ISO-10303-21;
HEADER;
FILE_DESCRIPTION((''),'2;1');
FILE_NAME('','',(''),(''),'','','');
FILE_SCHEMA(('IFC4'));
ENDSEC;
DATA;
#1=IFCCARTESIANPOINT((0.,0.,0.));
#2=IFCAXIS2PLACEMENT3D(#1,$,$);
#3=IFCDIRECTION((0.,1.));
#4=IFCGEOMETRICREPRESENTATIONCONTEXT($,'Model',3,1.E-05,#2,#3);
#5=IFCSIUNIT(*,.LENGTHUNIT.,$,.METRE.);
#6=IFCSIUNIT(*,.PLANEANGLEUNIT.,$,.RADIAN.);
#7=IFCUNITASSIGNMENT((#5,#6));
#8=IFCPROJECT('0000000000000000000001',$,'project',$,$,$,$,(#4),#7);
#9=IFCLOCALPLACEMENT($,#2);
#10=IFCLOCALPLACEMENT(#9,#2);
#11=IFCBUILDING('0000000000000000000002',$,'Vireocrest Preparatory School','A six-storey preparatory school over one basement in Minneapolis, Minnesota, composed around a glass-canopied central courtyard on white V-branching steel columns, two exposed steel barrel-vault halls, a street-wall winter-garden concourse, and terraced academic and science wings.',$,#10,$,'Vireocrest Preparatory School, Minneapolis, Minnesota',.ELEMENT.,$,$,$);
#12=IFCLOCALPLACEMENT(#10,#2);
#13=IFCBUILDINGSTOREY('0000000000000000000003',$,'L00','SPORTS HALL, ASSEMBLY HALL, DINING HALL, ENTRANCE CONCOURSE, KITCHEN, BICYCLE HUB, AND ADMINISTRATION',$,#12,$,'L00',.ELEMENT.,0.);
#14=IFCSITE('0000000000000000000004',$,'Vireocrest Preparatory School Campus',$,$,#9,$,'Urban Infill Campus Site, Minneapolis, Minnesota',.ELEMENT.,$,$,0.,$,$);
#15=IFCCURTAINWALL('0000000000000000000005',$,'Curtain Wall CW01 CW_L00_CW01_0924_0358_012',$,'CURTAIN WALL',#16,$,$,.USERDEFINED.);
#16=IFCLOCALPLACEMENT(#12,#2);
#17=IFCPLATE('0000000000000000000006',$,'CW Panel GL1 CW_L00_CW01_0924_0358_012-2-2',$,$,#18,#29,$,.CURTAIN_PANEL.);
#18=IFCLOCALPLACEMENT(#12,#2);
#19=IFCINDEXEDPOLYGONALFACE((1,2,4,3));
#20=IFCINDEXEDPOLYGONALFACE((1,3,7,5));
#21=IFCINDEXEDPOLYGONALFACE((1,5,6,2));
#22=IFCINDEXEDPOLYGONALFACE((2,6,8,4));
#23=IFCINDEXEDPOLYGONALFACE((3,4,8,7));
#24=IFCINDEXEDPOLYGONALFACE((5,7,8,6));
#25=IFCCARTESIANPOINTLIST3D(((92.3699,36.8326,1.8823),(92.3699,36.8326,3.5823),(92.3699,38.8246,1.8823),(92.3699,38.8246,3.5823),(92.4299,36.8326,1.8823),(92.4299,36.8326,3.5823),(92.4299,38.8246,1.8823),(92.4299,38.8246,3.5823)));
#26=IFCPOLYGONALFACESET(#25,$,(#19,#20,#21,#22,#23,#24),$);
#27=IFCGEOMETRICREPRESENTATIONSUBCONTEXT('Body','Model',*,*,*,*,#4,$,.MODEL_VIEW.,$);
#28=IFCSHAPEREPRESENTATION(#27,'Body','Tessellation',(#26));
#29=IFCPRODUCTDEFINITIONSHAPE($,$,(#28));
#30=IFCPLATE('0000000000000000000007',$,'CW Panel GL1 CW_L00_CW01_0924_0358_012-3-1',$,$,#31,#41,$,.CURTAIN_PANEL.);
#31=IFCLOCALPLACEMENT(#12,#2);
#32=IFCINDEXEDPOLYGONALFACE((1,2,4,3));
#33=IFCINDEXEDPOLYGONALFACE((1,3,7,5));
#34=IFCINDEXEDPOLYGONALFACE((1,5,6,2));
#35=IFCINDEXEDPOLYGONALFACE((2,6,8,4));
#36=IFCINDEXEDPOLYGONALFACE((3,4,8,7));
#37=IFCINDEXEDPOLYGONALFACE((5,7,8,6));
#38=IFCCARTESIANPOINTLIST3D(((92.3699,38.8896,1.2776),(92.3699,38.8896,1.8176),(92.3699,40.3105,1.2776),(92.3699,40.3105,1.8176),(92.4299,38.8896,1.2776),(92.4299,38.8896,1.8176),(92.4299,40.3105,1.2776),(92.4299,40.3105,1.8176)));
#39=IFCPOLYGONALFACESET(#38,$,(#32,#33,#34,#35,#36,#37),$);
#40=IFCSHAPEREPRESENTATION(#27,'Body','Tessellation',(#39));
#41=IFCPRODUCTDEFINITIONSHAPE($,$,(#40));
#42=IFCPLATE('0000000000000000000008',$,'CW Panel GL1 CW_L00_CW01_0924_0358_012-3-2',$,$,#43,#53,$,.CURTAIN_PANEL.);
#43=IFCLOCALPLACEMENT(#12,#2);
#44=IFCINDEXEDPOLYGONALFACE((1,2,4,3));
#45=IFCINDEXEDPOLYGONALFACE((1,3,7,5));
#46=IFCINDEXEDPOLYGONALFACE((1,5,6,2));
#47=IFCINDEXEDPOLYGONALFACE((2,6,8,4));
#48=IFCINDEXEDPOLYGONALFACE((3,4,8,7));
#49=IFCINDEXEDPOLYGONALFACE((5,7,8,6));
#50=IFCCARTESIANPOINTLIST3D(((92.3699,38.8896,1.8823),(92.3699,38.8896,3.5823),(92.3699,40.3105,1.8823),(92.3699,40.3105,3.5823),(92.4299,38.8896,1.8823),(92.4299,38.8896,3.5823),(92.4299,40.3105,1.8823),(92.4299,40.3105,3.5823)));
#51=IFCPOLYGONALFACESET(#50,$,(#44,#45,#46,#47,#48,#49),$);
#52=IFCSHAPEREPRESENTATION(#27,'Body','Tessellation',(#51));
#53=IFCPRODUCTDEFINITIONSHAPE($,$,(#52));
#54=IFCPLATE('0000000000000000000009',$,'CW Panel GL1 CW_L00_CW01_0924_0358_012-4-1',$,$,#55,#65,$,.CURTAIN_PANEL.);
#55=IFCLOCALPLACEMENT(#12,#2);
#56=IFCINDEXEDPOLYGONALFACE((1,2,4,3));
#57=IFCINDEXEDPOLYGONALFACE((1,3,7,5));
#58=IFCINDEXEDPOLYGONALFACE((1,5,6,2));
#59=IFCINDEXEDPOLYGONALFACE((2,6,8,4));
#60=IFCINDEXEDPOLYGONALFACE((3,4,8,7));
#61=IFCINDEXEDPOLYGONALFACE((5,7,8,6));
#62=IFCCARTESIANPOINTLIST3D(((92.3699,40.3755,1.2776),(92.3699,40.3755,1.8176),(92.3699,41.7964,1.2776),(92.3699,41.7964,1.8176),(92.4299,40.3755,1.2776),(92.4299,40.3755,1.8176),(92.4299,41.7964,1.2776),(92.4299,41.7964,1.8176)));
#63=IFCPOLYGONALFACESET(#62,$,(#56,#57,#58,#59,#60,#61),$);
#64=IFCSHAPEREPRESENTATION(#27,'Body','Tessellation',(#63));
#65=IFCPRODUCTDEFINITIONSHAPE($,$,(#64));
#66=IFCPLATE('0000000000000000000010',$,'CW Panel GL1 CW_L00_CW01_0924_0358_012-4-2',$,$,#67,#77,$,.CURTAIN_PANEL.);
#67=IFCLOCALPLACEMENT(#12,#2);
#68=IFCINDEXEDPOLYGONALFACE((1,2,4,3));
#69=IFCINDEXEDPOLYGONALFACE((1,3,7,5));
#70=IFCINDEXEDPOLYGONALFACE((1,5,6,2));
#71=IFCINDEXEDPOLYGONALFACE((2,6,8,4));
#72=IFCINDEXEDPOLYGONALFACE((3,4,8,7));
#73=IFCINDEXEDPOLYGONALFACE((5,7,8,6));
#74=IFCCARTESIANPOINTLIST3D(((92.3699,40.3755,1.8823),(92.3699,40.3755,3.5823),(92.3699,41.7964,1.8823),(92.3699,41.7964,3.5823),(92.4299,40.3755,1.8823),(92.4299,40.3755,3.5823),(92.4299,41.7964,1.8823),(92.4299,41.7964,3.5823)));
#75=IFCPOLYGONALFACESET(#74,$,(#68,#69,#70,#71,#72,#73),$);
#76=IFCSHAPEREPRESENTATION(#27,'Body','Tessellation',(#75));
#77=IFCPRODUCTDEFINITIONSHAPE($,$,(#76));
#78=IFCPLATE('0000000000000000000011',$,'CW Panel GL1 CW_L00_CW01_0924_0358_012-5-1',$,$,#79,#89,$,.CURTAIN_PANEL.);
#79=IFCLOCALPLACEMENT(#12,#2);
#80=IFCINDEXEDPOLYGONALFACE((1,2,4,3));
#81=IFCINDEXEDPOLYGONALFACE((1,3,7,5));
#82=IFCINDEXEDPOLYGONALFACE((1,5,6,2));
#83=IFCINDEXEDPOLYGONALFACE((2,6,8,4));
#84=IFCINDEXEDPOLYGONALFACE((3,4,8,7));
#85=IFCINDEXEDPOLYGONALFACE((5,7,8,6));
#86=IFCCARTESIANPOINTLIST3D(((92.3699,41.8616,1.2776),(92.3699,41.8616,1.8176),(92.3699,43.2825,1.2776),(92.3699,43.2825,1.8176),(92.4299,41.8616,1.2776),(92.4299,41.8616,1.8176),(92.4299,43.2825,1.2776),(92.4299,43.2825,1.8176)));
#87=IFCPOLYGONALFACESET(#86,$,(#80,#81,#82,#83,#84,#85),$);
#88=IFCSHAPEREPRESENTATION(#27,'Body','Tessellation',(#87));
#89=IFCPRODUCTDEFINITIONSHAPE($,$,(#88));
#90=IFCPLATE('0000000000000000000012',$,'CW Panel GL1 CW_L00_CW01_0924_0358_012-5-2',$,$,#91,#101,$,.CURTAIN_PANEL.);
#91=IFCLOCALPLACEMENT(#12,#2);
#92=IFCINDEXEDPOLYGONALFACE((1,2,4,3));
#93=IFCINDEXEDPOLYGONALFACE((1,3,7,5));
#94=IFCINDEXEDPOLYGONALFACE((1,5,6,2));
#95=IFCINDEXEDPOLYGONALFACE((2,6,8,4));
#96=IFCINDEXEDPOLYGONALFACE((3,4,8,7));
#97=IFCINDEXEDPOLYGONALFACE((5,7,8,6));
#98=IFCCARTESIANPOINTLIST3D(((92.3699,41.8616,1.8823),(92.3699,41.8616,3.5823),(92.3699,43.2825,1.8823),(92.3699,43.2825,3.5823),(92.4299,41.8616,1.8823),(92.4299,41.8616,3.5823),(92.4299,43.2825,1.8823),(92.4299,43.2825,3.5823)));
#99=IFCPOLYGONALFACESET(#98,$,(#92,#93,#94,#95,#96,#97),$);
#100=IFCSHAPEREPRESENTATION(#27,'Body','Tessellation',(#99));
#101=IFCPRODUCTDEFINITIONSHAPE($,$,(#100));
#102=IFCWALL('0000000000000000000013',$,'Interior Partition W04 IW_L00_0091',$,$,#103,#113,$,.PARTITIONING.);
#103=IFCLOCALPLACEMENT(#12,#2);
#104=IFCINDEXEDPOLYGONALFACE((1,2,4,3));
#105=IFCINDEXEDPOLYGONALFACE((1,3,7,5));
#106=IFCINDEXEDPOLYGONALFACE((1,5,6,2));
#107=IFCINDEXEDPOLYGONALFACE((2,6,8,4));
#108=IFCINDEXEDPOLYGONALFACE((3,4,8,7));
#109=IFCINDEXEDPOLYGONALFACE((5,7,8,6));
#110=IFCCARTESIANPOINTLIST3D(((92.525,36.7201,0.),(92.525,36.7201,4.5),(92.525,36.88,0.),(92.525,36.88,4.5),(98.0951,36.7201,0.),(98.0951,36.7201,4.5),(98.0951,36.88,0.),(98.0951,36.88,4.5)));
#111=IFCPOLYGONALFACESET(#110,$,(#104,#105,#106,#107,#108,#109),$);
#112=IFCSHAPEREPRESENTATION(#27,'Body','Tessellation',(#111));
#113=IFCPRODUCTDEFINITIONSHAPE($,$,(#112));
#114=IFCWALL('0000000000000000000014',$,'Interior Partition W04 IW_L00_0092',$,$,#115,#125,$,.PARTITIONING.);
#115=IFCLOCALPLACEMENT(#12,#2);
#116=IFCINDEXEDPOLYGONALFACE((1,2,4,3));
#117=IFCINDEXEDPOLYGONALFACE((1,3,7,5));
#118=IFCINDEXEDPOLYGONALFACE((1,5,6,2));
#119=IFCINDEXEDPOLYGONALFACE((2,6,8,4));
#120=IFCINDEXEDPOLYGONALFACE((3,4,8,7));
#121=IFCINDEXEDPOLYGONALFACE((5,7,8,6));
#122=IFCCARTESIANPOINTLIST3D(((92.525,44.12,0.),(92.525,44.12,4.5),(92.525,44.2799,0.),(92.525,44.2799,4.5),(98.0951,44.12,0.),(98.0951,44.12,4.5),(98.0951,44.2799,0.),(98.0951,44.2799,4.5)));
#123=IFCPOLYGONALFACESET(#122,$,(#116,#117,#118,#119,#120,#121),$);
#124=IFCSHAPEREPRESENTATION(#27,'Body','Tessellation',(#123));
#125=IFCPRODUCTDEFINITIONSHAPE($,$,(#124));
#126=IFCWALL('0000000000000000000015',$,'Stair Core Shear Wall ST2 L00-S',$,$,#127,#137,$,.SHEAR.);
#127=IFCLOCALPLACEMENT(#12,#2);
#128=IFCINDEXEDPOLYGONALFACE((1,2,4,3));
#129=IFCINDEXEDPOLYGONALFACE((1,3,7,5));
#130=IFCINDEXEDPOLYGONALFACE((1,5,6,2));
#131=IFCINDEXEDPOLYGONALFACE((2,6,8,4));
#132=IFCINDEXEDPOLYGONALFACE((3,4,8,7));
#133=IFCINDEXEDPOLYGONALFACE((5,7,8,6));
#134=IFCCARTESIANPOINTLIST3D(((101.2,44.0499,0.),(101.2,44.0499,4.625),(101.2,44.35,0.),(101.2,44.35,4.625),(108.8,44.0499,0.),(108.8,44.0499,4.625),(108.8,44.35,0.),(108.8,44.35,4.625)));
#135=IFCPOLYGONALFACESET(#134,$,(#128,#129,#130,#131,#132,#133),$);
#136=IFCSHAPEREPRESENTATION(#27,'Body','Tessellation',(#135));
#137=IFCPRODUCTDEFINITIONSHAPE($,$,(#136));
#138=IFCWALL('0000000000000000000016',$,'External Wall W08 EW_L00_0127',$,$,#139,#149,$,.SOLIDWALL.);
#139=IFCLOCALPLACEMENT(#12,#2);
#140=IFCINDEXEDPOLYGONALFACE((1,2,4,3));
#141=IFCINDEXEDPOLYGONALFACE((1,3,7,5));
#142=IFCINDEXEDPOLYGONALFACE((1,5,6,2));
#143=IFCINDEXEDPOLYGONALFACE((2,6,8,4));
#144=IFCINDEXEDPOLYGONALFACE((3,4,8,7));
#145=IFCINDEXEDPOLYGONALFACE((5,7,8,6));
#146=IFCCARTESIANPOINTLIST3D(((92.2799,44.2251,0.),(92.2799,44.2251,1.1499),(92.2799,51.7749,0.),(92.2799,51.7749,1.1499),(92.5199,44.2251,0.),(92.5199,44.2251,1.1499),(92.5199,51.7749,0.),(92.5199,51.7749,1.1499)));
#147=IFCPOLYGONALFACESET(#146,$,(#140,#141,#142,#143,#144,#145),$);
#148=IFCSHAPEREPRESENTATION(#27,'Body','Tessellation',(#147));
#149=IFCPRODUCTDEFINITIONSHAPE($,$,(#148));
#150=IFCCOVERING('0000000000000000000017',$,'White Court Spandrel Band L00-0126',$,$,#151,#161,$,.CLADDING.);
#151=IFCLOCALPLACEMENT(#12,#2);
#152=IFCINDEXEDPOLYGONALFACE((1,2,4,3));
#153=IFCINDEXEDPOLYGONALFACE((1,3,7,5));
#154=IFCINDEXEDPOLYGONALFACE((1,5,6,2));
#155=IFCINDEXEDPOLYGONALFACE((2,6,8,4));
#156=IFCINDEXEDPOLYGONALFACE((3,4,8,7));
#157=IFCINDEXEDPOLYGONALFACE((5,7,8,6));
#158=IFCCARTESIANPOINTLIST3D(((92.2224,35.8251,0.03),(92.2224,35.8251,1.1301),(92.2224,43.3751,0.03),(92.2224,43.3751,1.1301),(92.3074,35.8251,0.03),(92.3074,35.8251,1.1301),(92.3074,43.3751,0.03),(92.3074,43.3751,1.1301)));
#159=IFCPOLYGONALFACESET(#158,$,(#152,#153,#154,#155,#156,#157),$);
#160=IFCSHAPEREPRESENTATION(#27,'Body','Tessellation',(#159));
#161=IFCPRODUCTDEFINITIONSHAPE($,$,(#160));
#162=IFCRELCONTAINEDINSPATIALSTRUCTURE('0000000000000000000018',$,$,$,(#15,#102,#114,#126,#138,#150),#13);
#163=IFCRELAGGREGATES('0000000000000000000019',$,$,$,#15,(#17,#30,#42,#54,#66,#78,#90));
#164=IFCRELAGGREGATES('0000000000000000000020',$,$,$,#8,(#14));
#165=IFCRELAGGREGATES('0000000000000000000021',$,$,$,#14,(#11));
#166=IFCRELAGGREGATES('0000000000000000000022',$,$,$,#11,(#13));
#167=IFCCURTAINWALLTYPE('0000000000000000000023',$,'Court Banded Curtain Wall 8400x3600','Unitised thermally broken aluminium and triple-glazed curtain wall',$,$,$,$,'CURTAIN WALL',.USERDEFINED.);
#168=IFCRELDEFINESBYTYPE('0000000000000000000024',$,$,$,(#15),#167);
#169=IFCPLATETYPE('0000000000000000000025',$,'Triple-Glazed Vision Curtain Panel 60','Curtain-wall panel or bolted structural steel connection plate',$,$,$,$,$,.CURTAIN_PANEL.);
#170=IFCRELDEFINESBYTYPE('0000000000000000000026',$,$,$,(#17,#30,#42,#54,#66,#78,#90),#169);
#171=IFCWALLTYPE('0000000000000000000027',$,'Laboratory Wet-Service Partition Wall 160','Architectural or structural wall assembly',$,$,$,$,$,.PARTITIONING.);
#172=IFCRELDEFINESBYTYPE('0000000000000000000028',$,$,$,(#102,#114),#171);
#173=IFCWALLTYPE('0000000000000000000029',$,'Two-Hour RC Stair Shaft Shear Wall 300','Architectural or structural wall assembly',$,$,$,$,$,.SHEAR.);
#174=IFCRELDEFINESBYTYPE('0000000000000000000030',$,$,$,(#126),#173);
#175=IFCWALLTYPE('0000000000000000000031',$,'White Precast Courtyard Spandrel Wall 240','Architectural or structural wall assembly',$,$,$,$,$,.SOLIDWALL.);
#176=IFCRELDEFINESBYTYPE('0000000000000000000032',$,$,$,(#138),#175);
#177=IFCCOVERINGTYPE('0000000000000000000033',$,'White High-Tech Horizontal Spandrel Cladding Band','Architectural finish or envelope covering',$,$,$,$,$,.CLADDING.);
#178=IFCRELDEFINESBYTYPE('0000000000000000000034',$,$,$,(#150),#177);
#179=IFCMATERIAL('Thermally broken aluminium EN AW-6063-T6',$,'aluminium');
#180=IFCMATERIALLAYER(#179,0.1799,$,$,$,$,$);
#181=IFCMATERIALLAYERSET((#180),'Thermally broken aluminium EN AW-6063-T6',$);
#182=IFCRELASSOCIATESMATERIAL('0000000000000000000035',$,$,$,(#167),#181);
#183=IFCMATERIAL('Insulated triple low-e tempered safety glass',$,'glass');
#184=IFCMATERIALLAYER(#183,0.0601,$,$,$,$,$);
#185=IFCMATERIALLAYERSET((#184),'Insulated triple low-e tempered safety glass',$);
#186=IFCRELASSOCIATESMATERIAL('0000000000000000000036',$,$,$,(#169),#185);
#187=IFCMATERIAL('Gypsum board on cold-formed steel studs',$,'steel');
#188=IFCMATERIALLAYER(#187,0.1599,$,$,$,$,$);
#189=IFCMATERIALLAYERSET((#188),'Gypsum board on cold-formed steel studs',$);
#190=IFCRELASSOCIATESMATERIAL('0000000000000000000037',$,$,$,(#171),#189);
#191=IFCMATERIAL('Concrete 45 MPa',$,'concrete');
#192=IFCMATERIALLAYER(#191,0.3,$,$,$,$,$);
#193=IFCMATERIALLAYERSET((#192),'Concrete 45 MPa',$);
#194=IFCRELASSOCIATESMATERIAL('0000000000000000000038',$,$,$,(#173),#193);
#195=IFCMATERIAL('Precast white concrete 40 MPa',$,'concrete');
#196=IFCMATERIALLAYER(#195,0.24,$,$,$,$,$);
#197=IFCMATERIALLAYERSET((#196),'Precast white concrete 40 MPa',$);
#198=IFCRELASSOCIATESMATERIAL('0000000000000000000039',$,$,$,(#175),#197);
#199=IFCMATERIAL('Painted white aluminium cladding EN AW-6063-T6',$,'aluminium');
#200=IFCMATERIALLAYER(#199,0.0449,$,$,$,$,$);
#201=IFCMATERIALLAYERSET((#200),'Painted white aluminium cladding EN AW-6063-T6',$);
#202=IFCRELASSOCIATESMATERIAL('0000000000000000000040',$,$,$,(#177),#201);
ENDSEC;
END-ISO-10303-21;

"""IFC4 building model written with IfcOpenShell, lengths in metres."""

from ifc_helpers import new_model, si_unit, direction, frame, frame_2d, origin, origin_2d, place, context, subcontext, project, spatial, rectangle, extrude, material, layer, layer_set, type_object, element, aggregate, save


model = new_model("IFC4")

# Units and contexts
model_context = context("Model", 3, precision=1e-05, world=origin(), true_north=direction((0.0, 1.0)))
body_context = subcontext(model_context, "Body", "Model", "MODEL_VIEW")
ifc_project = project(units=[si_unit("LENGTHUNIT", "METRE"), si_unit("PLANEANGLEUNIT", "RADIAN")], contexts=[model_context])

# Site, building, storey
site_placement = place(None, origin())
site = spatial("IfcSite", under=ifc_project, at=site_placement, Name="Vireocrest Preparatory School Campus", LongName="Urban Infill Campus Site, Minneapolis, Minnesota", CompositionType="ELEMENT", RefElevation=0.0)
building_placement = place(site_placement, origin())
building = spatial("IfcBuilding", under=site, at=building_placement, Name="Vireocrest Preparatory School", Description="A six-storey preparatory school over one basement in Minneapolis, Minnesota, composed around a glass-canopied central courtyard on white V-branching steel columns, two exposed steel barrel-vault halls, a street-wall winter-garden concourse, and terraced academic and science wings.", LongName="Vireocrest Preparatory School, Minneapolis, Minnesota", CompositionType="ELEMENT")
storey_placement = place(building_placement, origin())
storey = spatial("IfcBuildingStorey", under=building, at=storey_placement, Name="L00", Description="SPORTS HALL, ASSEMBLY HALL, DINING HALL, ENTRANCE CONCOURSE, KITCHEN, BICYCLE HUB, AND ADMINISTRATION", LongName="L00", CompositionType="ELEMENT", Elevation=0.0)

# Shared definitions
ifc_material_1 = material(Name="Concrete 45 MPa", Category="concrete")

# Curtain wall
ifc_material_2 = material(Name="Thermally broken aluminium EN AW-6063-T6", Category="aluminium")
ifc_layer_1 = layer(ifc_material_2, 0.1799)
ifc_layer_set_1 = layer_set([ifc_layer_1], Name="Thermally broken aluminium EN AW-6063-T6")
curtain_wall_type = type_object("IfcCurtainWallType", Name="Court Banded Curtain Wall 8400x3600", Description="Unitised thermally broken aluminium and triple-glazed curtain wall", ElementType="CURTAIN WALL", PredefinedType="USERDEFINED", material=ifc_layer_set_1)
curtain_wall_placement = place(storey_placement, origin())
curtain_wall = element("IfcCurtainWall", 1, at=curtain_wall_placement, inside=storey, type_object=curtain_wall_type, Name="Curtain Wall CW01 CW_L00_CW01_0924_0358_012", ObjectType="CURTAIN WALL", PredefinedType="USERDEFINED")

# Plates
ifc_material_3 = material(Name="Insulated triple low-e tempered safety glass", Category="glass")
ifc_layer_2 = layer(ifc_material_3, 0.0601)
ifc_layer_set_2 = layer_set([ifc_layer_2], Name="Insulated triple low-e tempered safety glass")
plate_type = type_object("IfcPlateType", Name="Triple-Glazed Vision Curtain Panel 60", Description="Curtain-wall panel or bolted structural steel connection plate", PredefinedType="CURTAIN_PANEL", material=ifc_layer_set_2)
plate_1_placement = place(storey_placement, frame((92.3999, 37.8286, 1.8823), z_axis=(0.0, 0.0, 1.0), x_axis=(0.0, 1.0, 0.0)))
plate_1 = element("IfcPlate", 2, at=plate_1_placement, type_object=plate_type, Name="CW Panel GL1 CW_L00_CW01_0924_0358_012-2-2", PredefinedType="CURTAIN_PANEL", context=body_context, shape_type="SweptSolid", body=[
    extrude(rectangle(XDim=1.9919, YDim=0.0601, at=origin_2d()), origin(), (0.0, 0.0, 1.0), 1.7),
])
plate_2_placement = place(storey_placement, frame((92.3999, 39.6001, 1.2776), z_axis=(0.0, 0.0, 1.0), x_axis=(0.0, 1.0, 0.0)))
plate_2 = element("IfcPlate", 3, at=plate_2_placement, type_object=plate_type, Name="CW Panel GL1 CW_L00_CW01_0924_0358_012-3-1", PredefinedType="CURTAIN_PANEL", context=body_context, shape_type="SweptSolid", body=[
    extrude(rectangle(XDim=1.4209, YDim=0.0601, at=origin_2d()), origin(), (0.0, 0.0, 1.0), 0.54),
])
plate_3_placement = place(storey_placement, frame((92.3999, 39.6001, 1.8823), z_axis=(0.0, 0.0, 1.0), x_axis=(0.0, 1.0, 0.0)))
plate_3 = element("IfcPlate", 4, at=plate_3_placement, type_object=plate_type, Name="CW Panel GL1 CW_L00_CW01_0924_0358_012-3-2", PredefinedType="CURTAIN_PANEL", context=body_context, shape_type="SweptSolid", body=[
    extrude(rectangle(XDim=1.4209, YDim=0.0601, at=origin_2d()), origin(), (0.0, 0.0, 1.0), 1.7),
])
plate_4_placement = place(storey_placement, frame((92.3999, 41.0859, 1.2776), z_axis=(0.0, 0.0, 1.0), x_axis=(0.0, 1.0, 0.0)))
plate_4 = element("IfcPlate", 5, at=plate_4_placement, type_object=plate_type, Name="CW Panel GL1 CW_L00_CW01_0924_0358_012-4-1", PredefinedType="CURTAIN_PANEL", context=body_context, shape_type="SweptSolid", body=[
    extrude(rectangle(XDim=1.4209, YDim=0.0601, at=origin_2d()), origin(), (0.0, 0.0, 1.0), 0.54),
])
plate_5_placement = place(storey_placement, frame((92.3999, 41.0859, 1.8823), z_axis=(0.0, 0.0, 1.0), x_axis=(0.0, 1.0, 0.0)))
plate_5 = element("IfcPlate", 6, at=plate_5_placement, type_object=plate_type, Name="CW Panel GL1 CW_L00_CW01_0924_0358_012-4-2", PredefinedType="CURTAIN_PANEL", context=body_context, shape_type="SweptSolid", body=[
    extrude(rectangle(XDim=1.4209, YDim=0.0601, at=origin_2d()), origin(), (0.0, 0.0, 1.0), 1.7),
])
plate_6_placement = place(storey_placement, frame((92.3999, 42.572, 1.2776), z_axis=(0.0, 0.0, 1.0), x_axis=(0.0, 1.0, 0.0)))
plate_6 = element("IfcPlate", 7, at=plate_6_placement, type_object=plate_type, Name="CW Panel GL1 CW_L00_CW01_0924_0358_012-5-1", PredefinedType="CURTAIN_PANEL", context=body_context, shape_type="SweptSolid", body=[
    extrude(rectangle(XDim=1.4209, YDim=0.0601, at=origin_2d()), origin(), (0.0, 0.0, 1.0), 0.54),
])
plate_7_placement = place(storey_placement, frame((92.3999, 42.572, 1.8823), z_axis=(0.0, 0.0, 1.0), x_axis=(0.0, 1.0, 0.0)))
plate_7 = element("IfcPlate", 8, at=plate_7_placement, type_object=plate_type, Name="CW Panel GL1 CW_L00_CW01_0924_0358_012-5-2", PredefinedType="CURTAIN_PANEL", context=body_context, shape_type="SweptSolid", body=[
    extrude(rectangle(XDim=1.4209, YDim=0.0601, at=origin_2d()), origin(), (0.0, 0.0, 1.0), 1.7),
])
aggregate(curtain_wall, [plate_1, plate_2, plate_3, plate_4, plate_5, plate_6, plate_7])

# Walls
ifc_material_4 = material(Name="Gypsum board on cold-formed steel studs", Category="steel")
ifc_layer_3 = layer(ifc_material_4, 0.1599)
ifc_layer_set_3 = layer_set([ifc_layer_3], Name="Gypsum board on cold-formed steel studs")
wall_type_1 = type_object("IfcWallType", Name="Laboratory Wet-Service Partition Wall 160", Description="Architectural or structural wall assembly", PredefinedType="PARTITIONING", material=ifc_layer_set_3)
for number, where, z_axis, x_axis, name in (
    (9, (92.5249, 36.8, 0.0), (0.0, 0.0, 1.0), (1.0, 0.0, 0.0), "Interior Partition W04 IW_L00_0091"),
    (10, (92.5249, 44.2, 0.0), (0.0, 0.0, 1.0), (1.0, 0.0, 0.0), "Interior Partition W04 IW_L00_0092"),
):
    element("IfcWall", number, at=place(storey_placement, frame(where, z_axis=z_axis, x_axis=x_axis)), inside=storey, type_object=wall_type_1, Name=name, PredefinedType="PARTITIONING", context=body_context, shape_type="SweptSolid", body=[
        extrude(rectangle(XDim=5.5701, YDim=0.1599, at=frame_2d((2.7852, 0.0))), origin(), (0.0, 0.0, 1.0), 4.5),
    ])
ifc_layer_4 = layer(ifc_material_1, 0.3)
ifc_layer_set_4 = layer_set([ifc_layer_4], Name="Concrete 45 MPa")
wall_type_2 = type_object("IfcWallType", Name="Two-Hour RC Stair Shaft Shear Wall 300", Description="Architectural or structural wall assembly", PredefinedType="SHEAR", material=ifc_layer_set_4)
wall_1_placement = place(storey_placement, frame((101.2, 44.2, 0.0), z_axis=(0.0, 0.0, 1.0), x_axis=(1.0, 0.0, 0.0)))
element("IfcWall", 11, at=wall_1_placement, inside=storey, type_object=wall_type_2, Name="Stair Core Shear Wall ST2 L00-S", PredefinedType="SHEAR", context=body_context, shape_type="SweptSolid", body=[
    extrude(rectangle(XDim=7.6001, YDim=0.3, at=frame_2d((3.8, 0.0))), origin(), (0.0, 0.0, 1.0), 4.625),
])
ifc_material_5 = material(Name="Precast white concrete 40 MPa", Category="concrete")
ifc_layer_5 = layer(ifc_material_5, 0.24)
ifc_layer_set_5 = layer_set([ifc_layer_5], Name="Precast white concrete 40 MPa")
wall_type_3 = type_object("IfcWallType", Name="White Precast Courtyard Spandrel Wall 240", Description="Architectural or structural wall assembly", PredefinedType="SOLIDWALL", material=ifc_layer_set_5)
wall_2_placement = place(storey_placement, frame((92.3999, 44.2251, 0.0), z_axis=(0.0, 0.0, 1.0), x_axis=(0.0, 1.0, 0.0)))
element("IfcWall", 12, at=wall_2_placement, inside=storey, type_object=wall_type_3, Name="External Wall W08 EW_L00_0127", PredefinedType="SOLIDWALL", context=body_context, shape_type="SweptSolid", body=[
    extrude(rectangle(XDim=7.5498, YDim=0.24, at=frame_2d((3.7749, 0.0))), origin(), (0.0, 0.0, 1.0), 1.1499),
])

# Covering
ifc_material_6 = material(Name="Painted white aluminium cladding EN AW-6063-T6", Category="aluminium")
ifc_layer_6 = layer(ifc_material_6, 0.0449)
ifc_layer_set_6 = layer_set([ifc_layer_6], Name="Painted white aluminium cladding EN AW-6063-T6")
covering_type = type_object("IfcCoveringType", Name="White High-Tech Horizontal Spandrel Cladding Band", Description="Architectural finish or envelope covering", PredefinedType="CLADDING", material=ifc_layer_set_6)
covering_placement = place(storey_placement, frame((92.2649, 39.6001, 0.03), z_axis=(0.0, 0.0, 1.0), x_axis=(1.0, 0.0, 0.0)))
element("IfcCovering", 13, at=covering_placement, inside=storey, type_object=covering_type, Name="White Court Spandrel Band L00-0126", PredefinedType="CLADDING", context=body_context, shape_type="SweptSolid", body=[
    extrude(rectangle(XDim=0.085, YDim=7.55, at=origin_2d()), origin(), (0.0, 0.0, 1.0), 1.1001),
])

save(model, "model.ifc")
